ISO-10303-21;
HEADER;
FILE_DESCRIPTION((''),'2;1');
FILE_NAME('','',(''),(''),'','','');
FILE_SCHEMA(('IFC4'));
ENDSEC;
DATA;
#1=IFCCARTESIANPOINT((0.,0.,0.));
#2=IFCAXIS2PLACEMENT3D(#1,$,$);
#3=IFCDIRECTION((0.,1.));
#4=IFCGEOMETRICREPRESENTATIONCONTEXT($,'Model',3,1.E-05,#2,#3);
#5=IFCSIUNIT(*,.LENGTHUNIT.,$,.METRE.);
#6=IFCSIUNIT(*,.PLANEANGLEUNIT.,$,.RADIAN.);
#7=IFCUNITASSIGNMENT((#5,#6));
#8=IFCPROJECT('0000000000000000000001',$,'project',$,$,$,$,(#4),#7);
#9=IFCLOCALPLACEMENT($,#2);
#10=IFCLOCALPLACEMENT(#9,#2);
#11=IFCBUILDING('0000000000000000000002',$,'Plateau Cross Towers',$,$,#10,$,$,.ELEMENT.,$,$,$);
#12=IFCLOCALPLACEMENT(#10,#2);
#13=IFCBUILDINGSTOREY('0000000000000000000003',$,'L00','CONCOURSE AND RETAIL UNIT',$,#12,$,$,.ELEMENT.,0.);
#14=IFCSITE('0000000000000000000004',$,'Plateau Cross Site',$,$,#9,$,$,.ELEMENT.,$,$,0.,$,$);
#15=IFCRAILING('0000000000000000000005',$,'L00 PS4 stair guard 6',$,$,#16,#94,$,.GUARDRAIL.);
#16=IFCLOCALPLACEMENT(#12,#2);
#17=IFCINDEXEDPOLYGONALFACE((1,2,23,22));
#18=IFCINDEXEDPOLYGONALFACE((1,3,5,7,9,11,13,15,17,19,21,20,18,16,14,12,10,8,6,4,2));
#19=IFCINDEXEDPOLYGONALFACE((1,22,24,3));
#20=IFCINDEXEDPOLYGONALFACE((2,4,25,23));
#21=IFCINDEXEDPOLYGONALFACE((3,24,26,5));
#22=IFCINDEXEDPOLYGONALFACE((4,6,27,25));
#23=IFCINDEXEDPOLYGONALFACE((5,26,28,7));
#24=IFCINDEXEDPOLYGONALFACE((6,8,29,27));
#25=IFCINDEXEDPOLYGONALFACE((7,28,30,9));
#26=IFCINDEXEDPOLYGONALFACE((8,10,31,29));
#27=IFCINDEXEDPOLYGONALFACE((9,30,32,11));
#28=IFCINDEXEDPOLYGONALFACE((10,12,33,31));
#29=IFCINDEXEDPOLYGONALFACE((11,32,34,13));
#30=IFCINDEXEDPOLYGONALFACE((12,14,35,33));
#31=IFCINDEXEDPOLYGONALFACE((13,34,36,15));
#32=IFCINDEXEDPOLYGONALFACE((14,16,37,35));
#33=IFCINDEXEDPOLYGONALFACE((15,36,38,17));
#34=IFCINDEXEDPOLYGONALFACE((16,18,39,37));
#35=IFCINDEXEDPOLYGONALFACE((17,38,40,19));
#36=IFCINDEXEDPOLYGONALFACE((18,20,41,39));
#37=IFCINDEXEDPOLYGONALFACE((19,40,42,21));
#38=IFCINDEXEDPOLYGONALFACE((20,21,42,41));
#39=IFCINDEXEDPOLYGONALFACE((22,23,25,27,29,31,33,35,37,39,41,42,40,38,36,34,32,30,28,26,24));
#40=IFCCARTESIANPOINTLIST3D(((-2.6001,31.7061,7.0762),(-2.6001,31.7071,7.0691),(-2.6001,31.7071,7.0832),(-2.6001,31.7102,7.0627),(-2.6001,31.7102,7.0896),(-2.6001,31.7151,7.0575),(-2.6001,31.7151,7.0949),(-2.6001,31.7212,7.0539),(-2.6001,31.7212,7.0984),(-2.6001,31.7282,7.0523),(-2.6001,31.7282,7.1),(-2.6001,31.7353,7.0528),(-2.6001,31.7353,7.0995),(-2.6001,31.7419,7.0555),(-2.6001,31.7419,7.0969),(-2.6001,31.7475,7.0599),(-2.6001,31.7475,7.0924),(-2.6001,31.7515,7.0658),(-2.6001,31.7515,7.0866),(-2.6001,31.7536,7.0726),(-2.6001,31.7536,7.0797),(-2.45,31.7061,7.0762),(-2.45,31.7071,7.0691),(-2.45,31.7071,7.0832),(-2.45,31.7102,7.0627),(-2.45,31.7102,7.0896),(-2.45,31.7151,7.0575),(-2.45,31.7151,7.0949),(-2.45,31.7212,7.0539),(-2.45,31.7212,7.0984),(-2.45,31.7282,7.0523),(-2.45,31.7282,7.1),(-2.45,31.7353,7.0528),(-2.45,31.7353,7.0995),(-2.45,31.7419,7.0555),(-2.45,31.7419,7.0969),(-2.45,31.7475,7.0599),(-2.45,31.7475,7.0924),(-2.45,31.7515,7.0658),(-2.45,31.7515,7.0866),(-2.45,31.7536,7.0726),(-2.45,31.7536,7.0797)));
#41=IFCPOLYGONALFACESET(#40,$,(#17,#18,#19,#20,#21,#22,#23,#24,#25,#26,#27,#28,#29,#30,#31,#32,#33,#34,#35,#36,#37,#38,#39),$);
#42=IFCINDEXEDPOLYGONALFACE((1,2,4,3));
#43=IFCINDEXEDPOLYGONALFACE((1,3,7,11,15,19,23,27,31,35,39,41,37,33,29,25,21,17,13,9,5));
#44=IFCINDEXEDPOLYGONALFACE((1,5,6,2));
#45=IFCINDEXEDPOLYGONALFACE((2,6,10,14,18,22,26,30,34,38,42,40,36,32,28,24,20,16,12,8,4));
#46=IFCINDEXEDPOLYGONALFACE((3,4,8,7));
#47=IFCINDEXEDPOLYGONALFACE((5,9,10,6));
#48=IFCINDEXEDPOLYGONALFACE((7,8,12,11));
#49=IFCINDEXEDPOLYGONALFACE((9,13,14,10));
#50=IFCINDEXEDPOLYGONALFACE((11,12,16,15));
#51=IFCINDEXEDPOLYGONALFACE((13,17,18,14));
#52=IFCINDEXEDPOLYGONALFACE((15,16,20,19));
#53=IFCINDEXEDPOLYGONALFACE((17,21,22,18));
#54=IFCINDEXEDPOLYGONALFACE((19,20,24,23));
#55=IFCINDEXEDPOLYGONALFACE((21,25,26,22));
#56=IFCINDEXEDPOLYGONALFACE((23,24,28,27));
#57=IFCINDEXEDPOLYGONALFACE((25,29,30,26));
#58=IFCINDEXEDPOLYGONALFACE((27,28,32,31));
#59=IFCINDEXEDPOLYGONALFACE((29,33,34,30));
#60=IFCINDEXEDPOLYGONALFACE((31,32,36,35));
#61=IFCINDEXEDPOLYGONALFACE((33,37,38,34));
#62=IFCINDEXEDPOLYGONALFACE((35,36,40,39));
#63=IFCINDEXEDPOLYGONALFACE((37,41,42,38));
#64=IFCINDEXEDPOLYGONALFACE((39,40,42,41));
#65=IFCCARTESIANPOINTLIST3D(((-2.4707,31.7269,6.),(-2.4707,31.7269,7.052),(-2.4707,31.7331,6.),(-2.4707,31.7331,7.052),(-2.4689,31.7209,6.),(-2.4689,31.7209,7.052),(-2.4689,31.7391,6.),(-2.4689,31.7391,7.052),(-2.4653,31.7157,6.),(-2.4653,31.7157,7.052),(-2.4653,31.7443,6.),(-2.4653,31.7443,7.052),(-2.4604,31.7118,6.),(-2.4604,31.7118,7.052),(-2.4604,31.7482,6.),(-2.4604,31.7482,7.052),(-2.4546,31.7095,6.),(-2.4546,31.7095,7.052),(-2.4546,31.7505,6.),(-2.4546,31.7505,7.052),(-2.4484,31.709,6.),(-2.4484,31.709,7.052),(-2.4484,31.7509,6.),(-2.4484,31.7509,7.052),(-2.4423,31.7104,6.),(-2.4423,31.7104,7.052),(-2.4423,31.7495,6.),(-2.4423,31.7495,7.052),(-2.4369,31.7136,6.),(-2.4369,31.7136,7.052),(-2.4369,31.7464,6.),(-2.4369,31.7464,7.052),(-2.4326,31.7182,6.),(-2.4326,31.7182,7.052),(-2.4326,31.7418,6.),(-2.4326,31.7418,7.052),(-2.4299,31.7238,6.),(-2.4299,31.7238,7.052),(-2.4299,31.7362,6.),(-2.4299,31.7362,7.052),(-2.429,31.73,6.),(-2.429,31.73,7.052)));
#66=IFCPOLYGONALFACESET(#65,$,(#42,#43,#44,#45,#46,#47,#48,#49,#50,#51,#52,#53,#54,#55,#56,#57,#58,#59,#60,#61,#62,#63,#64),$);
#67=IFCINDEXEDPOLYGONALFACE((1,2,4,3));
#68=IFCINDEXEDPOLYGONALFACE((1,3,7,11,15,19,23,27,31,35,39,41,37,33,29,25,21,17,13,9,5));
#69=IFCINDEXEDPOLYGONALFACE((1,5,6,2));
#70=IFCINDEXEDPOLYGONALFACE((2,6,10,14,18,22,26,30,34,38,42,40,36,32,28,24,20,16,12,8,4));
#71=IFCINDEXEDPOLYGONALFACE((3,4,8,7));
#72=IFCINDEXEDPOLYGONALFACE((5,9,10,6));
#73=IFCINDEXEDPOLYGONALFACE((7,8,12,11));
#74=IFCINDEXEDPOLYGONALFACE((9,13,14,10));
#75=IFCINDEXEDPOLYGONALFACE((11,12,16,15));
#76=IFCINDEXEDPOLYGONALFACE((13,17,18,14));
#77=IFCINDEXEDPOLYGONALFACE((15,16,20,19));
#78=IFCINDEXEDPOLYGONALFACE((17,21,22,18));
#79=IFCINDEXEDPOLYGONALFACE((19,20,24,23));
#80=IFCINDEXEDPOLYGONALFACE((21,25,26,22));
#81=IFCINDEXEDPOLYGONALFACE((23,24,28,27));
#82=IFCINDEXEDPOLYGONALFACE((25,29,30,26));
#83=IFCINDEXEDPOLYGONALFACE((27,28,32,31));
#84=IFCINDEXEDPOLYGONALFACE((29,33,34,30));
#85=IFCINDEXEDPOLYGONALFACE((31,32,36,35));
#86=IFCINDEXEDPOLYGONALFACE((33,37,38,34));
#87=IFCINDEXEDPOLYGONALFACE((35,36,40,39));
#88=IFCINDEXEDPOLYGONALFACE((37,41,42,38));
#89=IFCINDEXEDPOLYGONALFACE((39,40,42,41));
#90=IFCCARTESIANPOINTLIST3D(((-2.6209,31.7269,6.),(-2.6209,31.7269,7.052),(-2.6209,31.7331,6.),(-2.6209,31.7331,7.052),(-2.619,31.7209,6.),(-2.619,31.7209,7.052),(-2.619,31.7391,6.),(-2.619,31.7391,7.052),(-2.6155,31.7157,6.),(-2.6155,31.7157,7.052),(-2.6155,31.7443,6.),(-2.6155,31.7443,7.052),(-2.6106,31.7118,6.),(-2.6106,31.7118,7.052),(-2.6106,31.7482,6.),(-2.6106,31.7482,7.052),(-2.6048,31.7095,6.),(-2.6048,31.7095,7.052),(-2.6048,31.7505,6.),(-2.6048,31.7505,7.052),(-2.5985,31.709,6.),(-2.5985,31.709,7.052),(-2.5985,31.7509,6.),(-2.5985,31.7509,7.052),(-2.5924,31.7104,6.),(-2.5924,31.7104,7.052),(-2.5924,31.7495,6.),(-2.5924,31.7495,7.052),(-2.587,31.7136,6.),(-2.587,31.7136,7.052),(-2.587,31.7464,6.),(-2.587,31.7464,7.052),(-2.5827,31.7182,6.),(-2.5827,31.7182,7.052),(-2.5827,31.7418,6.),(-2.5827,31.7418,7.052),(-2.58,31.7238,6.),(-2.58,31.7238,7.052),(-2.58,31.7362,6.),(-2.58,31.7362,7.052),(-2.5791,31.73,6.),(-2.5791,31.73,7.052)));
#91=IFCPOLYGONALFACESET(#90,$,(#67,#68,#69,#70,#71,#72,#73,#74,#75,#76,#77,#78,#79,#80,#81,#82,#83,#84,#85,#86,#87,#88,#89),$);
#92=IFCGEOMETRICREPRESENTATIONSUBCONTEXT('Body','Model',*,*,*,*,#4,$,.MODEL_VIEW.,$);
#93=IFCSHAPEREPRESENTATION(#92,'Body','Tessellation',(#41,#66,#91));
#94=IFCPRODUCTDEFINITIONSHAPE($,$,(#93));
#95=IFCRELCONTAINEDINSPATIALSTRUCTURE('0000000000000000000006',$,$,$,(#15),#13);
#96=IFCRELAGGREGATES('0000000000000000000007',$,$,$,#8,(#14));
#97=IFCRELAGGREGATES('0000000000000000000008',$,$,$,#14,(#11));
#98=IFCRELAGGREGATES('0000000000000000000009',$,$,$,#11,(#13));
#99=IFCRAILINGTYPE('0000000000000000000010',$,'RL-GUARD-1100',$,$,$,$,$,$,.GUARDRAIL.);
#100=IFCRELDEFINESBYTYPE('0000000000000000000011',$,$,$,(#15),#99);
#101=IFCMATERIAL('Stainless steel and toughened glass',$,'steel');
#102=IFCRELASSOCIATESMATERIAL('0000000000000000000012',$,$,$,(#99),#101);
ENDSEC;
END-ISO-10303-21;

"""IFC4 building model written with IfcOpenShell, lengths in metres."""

from ifc_helpers import new_model, si_unit, direction, frame, origin, origin_2d, place, context, subcontext, project, spatial, circle, extrude, material, type_object, element, save


model = new_model("IFC4")

# Units and contexts
model_context = context("Model", 3, precision=1e-05, world=origin(), true_north=direction((0.0, 1.0)))
body_context = subcontext(model_context, "Body", "Model", "MODEL_VIEW")
ifc_project = project(units=[si_unit("LENGTHUNIT", "METRE"), si_unit("PLANEANGLEUNIT", "RADIAN")], contexts=[model_context])

# Site, building, storey
site_placement = place(None, origin())
site = spatial("IfcSite", under=ifc_project, at=site_placement, Name="Plateau Cross Site", CompositionType="ELEMENT", RefElevation=0.0)
building_placement = place(site_placement, origin())
building = spatial("IfcBuilding", under=site, at=building_placement, Name="Plateau Cross Towers", CompositionType="ELEMENT")
storey_placement = place(building_placement, origin())
storey = spatial("IfcBuildingStorey", under=building, at=storey_placement, Name="L00", Description="CONCOURSE AND RETAIL UNIT", CompositionType="ELEMENT", Elevation=0.0)

# Railing
ifc_material_1 = material(Name="Stainless steel and toughened glass", Category="steel")
railing_type_1 = type_object("IfcRailingType", Name="RL-GUARD-1100", PredefinedType="GUARDRAIL", material=ifc_material_1)
railing_1_placement = place(storey_placement, frame((-2.45, 31.73, 6.0)))
element("IfcRailing", 1, at=railing_1_placement, inside=storey, type_object=railing_type_1, Name="L00 PS4 stair guard 6", PredefinedType="GUARDRAIL", context=body_context, shape_type="SweptSolid", body=[
    extrude(circle(Radius=0.0239, at=origin_2d()), frame((0.0, 0.0, 1.0762), z_axis=(-1.0, 0.0, 0.0), x_axis=(0.0, -1.0, 0.0)), (0.0, 0.0, 1.0), 0.1501),
    extrude(circle(Radius=0.021, at=origin_2d()), origin(), (0.0, 0.0, 1.0), 1.052),
    extrude(circle(Radius=0.021, at=origin_2d()), frame((-0.1501, 0.0, 0.0)), (0.0, 0.0, 1.0), 1.052),
])

save(model, "model.ifc")
